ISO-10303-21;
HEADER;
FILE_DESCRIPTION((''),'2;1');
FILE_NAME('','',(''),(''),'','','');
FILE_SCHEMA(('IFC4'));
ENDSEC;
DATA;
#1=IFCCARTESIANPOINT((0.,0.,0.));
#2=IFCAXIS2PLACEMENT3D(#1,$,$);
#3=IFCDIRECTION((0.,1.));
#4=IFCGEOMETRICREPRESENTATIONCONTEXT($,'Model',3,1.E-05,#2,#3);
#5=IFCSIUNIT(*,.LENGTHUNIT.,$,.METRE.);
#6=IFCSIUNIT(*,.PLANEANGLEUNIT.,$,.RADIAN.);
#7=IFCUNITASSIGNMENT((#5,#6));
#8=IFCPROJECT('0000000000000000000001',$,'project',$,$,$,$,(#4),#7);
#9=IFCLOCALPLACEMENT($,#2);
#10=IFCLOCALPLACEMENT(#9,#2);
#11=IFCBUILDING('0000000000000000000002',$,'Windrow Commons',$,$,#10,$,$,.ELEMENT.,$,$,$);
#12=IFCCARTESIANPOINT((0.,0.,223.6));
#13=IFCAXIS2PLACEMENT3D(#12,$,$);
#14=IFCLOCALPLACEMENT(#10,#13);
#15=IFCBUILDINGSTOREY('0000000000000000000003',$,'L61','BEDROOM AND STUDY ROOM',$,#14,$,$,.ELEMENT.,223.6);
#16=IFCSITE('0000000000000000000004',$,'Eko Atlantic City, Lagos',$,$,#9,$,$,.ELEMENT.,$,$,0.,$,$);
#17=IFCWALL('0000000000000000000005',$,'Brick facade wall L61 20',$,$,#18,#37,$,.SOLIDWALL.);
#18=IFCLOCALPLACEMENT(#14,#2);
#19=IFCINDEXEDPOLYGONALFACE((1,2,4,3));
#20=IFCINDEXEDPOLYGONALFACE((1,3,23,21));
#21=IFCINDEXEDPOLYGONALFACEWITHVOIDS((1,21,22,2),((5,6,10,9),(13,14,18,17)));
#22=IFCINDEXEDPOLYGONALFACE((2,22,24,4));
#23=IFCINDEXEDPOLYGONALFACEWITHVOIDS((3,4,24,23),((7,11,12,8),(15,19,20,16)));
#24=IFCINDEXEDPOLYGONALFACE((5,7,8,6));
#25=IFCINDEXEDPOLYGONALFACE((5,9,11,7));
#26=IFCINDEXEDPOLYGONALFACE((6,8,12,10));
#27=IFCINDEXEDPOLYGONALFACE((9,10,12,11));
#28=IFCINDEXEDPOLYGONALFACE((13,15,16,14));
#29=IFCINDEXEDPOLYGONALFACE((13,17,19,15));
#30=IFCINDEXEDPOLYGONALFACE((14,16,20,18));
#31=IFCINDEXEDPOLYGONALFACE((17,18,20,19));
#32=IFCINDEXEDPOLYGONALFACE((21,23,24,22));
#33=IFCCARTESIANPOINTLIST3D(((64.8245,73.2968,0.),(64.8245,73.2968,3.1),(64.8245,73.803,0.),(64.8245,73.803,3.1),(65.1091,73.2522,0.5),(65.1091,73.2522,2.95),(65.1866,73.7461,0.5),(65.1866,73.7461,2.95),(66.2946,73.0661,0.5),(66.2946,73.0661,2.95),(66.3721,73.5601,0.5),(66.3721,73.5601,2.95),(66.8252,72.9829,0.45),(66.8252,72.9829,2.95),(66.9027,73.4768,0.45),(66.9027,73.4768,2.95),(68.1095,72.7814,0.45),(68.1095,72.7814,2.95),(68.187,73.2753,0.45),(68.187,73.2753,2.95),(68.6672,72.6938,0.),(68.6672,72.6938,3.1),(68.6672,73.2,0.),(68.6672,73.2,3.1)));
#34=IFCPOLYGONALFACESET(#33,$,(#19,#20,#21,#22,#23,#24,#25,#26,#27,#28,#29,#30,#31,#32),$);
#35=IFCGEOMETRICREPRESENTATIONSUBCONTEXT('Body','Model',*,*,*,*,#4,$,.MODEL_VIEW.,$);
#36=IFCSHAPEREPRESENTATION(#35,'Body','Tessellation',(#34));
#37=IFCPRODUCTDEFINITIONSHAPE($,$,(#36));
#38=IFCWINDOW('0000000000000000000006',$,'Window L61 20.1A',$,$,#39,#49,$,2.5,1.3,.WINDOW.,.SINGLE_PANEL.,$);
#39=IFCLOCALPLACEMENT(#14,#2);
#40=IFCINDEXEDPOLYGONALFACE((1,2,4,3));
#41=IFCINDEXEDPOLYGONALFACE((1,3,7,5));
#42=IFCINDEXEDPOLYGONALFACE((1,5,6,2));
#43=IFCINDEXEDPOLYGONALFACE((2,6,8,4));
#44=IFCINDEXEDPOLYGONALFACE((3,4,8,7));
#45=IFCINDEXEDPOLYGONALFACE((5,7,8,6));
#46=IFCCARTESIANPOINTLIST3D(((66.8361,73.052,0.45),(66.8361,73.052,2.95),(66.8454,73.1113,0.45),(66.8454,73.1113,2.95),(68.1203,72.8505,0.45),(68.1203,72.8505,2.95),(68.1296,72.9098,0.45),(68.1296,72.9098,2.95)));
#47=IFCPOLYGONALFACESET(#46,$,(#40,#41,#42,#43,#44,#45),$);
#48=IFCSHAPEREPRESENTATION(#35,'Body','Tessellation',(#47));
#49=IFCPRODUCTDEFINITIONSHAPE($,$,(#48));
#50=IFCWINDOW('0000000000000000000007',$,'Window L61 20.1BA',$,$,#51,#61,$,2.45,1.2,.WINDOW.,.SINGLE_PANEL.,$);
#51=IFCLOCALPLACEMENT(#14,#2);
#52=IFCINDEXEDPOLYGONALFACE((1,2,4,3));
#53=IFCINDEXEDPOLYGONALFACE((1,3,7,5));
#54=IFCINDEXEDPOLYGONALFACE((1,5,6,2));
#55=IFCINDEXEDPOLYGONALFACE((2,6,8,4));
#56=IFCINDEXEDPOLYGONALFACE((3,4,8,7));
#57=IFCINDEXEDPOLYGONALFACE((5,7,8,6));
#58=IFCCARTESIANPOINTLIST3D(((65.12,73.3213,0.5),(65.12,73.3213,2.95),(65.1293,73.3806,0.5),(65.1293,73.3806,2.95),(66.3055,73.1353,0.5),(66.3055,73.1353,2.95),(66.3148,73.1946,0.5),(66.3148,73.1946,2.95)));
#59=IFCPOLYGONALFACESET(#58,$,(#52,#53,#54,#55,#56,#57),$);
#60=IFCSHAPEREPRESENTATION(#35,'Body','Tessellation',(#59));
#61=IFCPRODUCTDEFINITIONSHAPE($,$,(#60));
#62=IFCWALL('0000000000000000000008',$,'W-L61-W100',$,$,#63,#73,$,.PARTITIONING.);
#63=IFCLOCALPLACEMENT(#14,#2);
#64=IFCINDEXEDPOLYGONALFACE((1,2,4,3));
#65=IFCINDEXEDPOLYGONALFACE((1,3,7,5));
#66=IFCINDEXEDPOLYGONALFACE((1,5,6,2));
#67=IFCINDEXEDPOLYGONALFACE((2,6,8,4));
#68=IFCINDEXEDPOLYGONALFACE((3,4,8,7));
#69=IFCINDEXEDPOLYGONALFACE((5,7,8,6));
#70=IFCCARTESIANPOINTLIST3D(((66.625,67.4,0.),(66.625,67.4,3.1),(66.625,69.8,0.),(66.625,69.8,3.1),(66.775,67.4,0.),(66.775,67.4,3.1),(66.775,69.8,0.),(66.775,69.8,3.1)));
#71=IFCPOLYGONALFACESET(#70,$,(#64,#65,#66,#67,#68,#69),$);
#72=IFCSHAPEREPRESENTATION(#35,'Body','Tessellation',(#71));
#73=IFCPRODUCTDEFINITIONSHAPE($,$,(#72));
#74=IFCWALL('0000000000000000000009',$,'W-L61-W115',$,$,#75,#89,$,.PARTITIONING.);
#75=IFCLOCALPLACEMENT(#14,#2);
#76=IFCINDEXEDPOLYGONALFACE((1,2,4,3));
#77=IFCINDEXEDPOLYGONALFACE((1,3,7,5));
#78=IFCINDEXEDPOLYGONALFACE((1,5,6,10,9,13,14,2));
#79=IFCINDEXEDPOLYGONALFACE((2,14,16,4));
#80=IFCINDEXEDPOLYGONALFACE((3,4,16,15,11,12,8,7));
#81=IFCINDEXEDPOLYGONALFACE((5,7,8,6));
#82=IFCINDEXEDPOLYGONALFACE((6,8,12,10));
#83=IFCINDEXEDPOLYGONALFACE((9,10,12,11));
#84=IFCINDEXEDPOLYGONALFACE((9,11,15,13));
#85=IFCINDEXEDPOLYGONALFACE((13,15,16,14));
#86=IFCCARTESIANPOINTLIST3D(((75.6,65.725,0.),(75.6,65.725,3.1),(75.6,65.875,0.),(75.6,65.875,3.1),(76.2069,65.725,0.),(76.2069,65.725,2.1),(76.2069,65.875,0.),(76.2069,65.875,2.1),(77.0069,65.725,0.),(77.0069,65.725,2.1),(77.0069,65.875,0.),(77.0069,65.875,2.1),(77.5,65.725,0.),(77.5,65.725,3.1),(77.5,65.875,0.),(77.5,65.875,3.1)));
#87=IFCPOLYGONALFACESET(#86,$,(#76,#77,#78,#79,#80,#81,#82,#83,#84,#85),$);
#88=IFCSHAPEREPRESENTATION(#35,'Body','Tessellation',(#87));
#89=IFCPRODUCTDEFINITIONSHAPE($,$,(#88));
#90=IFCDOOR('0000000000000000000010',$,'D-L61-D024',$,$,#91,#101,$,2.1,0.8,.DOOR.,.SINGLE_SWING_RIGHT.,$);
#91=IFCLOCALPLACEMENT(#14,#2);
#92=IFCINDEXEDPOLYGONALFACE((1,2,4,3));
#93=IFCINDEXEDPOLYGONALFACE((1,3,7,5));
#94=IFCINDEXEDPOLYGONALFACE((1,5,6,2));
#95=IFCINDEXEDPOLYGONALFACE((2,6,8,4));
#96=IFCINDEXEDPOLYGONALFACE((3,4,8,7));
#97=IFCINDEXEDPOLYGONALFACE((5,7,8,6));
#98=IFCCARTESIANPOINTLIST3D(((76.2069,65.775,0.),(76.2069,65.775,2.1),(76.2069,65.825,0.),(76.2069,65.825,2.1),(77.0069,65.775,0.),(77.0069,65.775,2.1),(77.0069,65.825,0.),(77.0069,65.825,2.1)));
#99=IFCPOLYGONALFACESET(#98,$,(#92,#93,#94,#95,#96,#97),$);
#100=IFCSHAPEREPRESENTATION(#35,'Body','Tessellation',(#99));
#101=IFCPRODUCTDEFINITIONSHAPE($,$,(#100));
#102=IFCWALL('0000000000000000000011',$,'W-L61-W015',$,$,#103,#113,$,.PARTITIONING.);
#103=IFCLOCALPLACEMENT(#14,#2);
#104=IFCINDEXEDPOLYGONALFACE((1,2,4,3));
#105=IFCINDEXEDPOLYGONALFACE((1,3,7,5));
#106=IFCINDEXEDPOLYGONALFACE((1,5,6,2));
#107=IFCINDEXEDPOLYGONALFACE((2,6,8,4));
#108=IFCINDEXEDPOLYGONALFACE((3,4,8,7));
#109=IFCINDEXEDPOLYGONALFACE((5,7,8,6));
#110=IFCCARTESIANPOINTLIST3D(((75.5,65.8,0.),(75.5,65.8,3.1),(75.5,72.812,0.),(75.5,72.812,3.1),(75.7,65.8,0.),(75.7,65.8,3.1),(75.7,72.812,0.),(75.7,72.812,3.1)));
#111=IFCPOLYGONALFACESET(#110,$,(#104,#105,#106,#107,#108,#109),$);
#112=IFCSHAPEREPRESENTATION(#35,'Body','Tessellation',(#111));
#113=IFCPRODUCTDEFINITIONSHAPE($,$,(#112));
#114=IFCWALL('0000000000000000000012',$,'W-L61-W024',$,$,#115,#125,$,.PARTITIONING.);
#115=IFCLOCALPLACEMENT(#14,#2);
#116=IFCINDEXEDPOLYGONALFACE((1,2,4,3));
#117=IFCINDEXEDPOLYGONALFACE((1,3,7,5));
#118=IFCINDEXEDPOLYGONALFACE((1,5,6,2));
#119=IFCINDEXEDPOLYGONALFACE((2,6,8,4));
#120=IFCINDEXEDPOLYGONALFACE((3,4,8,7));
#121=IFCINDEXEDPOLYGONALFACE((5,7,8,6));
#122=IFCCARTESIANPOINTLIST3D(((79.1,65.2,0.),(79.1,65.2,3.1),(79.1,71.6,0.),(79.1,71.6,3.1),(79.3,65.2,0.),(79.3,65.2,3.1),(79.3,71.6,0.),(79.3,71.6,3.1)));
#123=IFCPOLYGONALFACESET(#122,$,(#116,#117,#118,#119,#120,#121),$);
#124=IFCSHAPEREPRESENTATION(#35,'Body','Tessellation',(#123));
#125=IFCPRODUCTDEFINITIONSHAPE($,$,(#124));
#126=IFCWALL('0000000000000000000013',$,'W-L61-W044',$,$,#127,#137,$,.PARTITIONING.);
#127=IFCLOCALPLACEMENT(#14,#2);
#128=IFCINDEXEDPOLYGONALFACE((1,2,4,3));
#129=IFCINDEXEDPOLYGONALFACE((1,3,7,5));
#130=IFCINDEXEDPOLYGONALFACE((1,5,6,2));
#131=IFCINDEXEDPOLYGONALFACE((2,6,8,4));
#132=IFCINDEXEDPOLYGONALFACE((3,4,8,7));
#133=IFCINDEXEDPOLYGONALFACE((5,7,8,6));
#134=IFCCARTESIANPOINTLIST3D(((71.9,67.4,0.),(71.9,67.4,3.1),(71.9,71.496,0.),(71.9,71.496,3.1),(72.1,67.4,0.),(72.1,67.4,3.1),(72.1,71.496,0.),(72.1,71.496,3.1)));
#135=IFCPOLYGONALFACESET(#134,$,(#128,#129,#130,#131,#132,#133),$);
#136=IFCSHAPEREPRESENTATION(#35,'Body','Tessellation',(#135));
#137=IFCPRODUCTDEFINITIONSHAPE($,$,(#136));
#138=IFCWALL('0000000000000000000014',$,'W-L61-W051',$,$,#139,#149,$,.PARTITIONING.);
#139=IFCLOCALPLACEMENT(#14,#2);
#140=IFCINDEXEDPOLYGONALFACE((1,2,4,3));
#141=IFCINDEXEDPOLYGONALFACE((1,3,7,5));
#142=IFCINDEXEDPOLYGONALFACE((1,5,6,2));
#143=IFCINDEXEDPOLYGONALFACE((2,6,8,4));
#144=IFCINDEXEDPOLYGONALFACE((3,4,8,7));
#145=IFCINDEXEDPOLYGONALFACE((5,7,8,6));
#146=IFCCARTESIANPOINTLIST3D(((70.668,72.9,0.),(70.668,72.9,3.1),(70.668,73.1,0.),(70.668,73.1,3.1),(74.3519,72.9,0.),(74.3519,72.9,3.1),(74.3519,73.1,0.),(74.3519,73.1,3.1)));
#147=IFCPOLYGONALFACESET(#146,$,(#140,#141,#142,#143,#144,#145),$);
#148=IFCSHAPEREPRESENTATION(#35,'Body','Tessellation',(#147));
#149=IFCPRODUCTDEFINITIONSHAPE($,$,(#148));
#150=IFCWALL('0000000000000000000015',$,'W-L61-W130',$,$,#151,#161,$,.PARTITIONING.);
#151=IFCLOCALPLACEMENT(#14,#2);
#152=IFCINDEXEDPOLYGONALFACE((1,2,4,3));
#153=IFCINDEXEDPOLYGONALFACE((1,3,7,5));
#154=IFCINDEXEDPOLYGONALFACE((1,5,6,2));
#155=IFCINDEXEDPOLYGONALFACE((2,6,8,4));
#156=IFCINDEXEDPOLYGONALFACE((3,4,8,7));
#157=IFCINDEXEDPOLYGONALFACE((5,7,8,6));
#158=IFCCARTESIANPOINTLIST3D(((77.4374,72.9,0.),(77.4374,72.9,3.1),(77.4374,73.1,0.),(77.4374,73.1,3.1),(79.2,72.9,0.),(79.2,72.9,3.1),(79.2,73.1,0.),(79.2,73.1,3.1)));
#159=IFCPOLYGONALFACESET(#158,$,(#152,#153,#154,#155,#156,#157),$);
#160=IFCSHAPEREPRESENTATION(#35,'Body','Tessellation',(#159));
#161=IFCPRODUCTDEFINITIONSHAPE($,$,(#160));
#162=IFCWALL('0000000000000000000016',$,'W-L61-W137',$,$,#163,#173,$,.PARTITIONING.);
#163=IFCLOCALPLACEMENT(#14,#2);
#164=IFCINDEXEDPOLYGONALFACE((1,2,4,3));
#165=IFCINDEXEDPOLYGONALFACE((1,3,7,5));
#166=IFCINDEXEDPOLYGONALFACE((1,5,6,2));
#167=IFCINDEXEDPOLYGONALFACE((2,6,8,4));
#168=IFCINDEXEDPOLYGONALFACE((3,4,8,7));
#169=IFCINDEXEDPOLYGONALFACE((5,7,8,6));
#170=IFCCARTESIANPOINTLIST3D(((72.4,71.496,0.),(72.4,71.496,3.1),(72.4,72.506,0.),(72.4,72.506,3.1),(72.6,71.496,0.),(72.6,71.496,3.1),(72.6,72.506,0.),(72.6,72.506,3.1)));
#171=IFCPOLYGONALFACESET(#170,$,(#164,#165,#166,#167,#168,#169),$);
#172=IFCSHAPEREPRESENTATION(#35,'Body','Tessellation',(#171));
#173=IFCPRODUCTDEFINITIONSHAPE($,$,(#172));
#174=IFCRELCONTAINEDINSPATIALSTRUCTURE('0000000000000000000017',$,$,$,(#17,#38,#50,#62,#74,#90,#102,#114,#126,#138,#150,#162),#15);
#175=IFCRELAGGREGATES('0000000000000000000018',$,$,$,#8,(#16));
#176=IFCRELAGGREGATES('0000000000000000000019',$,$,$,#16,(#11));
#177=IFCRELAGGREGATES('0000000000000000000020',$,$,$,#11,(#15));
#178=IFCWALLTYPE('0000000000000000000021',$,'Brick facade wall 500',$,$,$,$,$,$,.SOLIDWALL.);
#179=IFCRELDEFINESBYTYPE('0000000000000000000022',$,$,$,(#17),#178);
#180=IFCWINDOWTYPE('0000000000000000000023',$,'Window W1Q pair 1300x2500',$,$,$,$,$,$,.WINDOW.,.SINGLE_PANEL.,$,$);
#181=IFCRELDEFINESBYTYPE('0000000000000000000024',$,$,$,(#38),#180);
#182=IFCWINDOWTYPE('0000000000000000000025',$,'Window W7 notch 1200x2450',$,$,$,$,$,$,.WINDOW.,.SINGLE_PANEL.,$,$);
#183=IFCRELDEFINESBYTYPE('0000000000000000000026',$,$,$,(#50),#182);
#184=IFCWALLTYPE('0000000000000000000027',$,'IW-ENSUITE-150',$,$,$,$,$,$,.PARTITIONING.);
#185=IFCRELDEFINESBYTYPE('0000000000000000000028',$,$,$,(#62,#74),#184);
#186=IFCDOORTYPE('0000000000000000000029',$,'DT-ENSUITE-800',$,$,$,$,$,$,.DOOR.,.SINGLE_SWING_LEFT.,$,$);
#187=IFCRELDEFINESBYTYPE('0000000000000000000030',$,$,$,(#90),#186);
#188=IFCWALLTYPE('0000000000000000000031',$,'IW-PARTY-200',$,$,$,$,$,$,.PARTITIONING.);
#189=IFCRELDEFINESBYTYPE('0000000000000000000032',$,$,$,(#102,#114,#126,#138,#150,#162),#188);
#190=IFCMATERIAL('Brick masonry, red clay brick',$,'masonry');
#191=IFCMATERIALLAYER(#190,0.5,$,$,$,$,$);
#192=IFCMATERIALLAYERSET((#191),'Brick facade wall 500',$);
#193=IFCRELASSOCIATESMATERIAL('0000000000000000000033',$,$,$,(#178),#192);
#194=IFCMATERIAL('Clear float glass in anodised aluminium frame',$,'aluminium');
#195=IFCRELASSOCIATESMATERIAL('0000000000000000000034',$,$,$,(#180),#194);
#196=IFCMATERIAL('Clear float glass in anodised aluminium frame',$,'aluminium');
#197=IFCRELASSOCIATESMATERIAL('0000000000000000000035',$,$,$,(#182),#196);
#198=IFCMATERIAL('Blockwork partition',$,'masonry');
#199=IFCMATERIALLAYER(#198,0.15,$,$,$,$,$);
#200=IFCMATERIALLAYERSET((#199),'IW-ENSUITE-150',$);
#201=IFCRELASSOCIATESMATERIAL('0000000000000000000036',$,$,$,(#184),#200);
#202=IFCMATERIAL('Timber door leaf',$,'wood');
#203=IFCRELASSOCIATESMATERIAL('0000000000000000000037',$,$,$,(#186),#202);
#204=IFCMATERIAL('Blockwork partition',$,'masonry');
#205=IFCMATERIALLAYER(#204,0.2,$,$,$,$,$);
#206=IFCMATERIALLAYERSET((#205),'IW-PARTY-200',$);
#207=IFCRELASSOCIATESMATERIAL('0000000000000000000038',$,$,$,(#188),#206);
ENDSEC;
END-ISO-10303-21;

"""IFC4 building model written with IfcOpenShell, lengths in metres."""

from ifc_helpers import new_model, si_unit, direction, frame, frame_2d, origin, place, context, subcontext, project, spatial, polyline, rectangle, outline, extrude, material, layer, layer_set, type_object, element, fill, save


model = new_model("IFC4")

# Units and contexts
model_context = context("Model", 3, precision=1e-05, world=origin(), true_north=direction((0.0, 1.0)))
body_context = subcontext(model_context, "Body", "Model", "MODEL_VIEW")
ifc_project = project(units=[si_unit("LENGTHUNIT", "METRE"), si_unit("PLANEANGLEUNIT", "RADIAN")], contexts=[model_context])

# Site, building, storey
site_placement = place(None, origin())
site = spatial("IfcSite", under=ifc_project, at=site_placement, Name="Eko Atlantic City, Lagos", CompositionType="ELEMENT", RefElevation=0.0)
building_placement = place(site_placement, origin())
building = spatial("IfcBuilding", under=site, at=building_placement, Name="Windrow Commons", CompositionType="ELEMENT")
storey_placement = place(building_placement, frame((0.0, 0.0, 223.6)))
storey = spatial("IfcBuildingStorey", under=building, at=storey_placement, Name="L61", Description="BEDROOM AND STUDY ROOM", CompositionType="ELEMENT", Elevation=223.6)

# Shared definitions
ifc_material_1 = material(Name="Brick masonry, red clay brick", Category="masonry")
ifc_layer_1 = layer(ifc_material_1, 0.5)
ifc_layer_set_1 = layer_set([ifc_layer_1], Name="Brick facade wall 500")
wall_type_1 = type_object("IfcWallType", Name="Brick facade wall 500", PredefinedType="SOLIDWALL", material=ifc_layer_set_1)

# Wall, openings, windows
ifc_material_2 = material(Name="Clear float glass in anodised aluminium frame", Category="aluminium")
window_type_1 = type_object("IfcWindowType", Name="Window W1Q pair 1300x2500", PartitioningType="SINGLE_PANEL", PredefinedType="WINDOW", material=ifc_material_2)
wall_1_placement = place(storey_placement, frame((68.6672, 72.9469, 0.0), z_axis=(0.0, 0.0, 1.0), x_axis=(-0.987911, 0.15502, 0.0)))
wall_1 = element("IfcWall", 1, at=wall_1_placement, inside=storey, type_object=wall_type_1, Name="Brick facade wall L61 20", PredefinedType="SOLIDWALL", context=body_context, shape_type="SweptSolid", body=[
    extrude(outline(polyline([(0.0392, -0.25), (3.929, -0.25), (3.8505, 0.25), (-0.0392, 0.25), (0.0392, -0.25)])), origin(), (0.0, 0.0, 1.0), 3.1),
])
opening_1_placement = place(wall_1_placement, frame((0.5253, 0.0, 0.45)))
opening_1 = element("IfcOpeningElement", 2, at=opening_1_placement, cuts=wall_1, PredefinedType="OPENING", context=body_context, shape_type="SweptSolid", body=[
    extrude(rectangle(XDim=1.3, YDim=2.5, at=frame_2d((0.65, 1.25))), frame((0.0, 0.26, 0.0), z_axis=(0.0, -1.0, 0.0), x_axis=(1.0, 0.0, 0.0)), (0.0, 0.0, 1.0), 0.52),
])
opening_2_placement = place(wall_1_placement, frame((2.3624, 0.0, 0.5)))
opening_2 = element("IfcOpeningElement", 3, at=opening_2_placement, cuts=wall_1, PredefinedType="OPENING", context=body_context, shape_type="SweptSolid", body=[
    extrude(rectangle(XDim=1.2, YDim=2.45, at=frame_2d((0.6, 1.225))), frame((0.0, 0.26, 0.0), z_axis=(0.0, -1.0, 0.0), x_axis=(1.0, 0.0, 0.0)), (0.0, 0.0, 1.0), 0.52),
])
window_1_placement = place(opening_1_placement, origin())
window_1 = element("IfcWindow", 4, at=window_1_placement, inside=storey, type_object=window_type_1, Name="Window L61 20.1A", OverallHeight=2.5, OverallWidth=1.3, PartitioningType="SINGLE_PANEL", PredefinedType="WINDOW", context=body_context, shape_type="SweptSolid", body=[
    extrude(rectangle(XDim=1.3, YDim=2.5, at=frame_2d((0.65, 1.25))), frame((0.0, 0.18, 0.0), z_axis=(0.0, -1.0, 0.0), x_axis=(1.0, 0.0, 0.0)), (0.0, 0.0, 1.0), 0.06),
])
fill(opening_1, window_1)
ifc_material_3 = material(Name="Clear float glass in anodised aluminium frame", Category="aluminium")
window_type_2 = type_object("IfcWindowType", Name="Window W7 notch 1200x2450", PartitioningType="SINGLE_PANEL", PredefinedType="WINDOW", material=ifc_material_3)
window_2_placement = place(opening_2_placement, origin())
window_2 = element("IfcWindow", 5, at=window_2_placement, inside=storey, type_object=window_type_2, Name="Window L61 20.1BA", OverallHeight=2.45, OverallWidth=1.2, PartitioningType="SINGLE_PANEL", PredefinedType="WINDOW", context=body_context, shape_type="SweptSolid", body=[
    extrude(rectangle(XDim=1.2, YDim=2.45, at=frame_2d((0.6, 1.225))), frame((0.0, 0.18, 0.0), z_axis=(0.0, -1.0, 0.0), x_axis=(1.0, 0.0, 0.0)), (0.0, 0.0, 1.0), 0.06),
])
fill(opening_2, window_2)

# Wall
ifc_material_4 = material(Name="Blockwork partition", Category="masonry")
ifc_layer_2 = layer(ifc_material_4, 0.15)
ifc_layer_set_2 = layer_set([ifc_layer_2], Name="IW-ENSUITE-150")
wall_type_2 = type_object("IfcWallType", Name="IW-ENSUITE-150", PredefinedType="PARTITIONING", material=ifc_layer_set_2)
wall_2_placement = place(storey_placement, frame((66.7, 67.4, 0.0), z_axis=(0.0, 0.0, 1.0), x_axis=(0.0, 1.0, 0.0)))
element("IfcWall", 6, at=wall_2_placement, inside=storey, type_object=wall_type_2, Name="W-L61-W100", PredefinedType="PARTITIONING", context=body_context, shape_type="SweptSolid", body=[
    extrude(rectangle(XDim=2.4, YDim=0.15, at=frame_2d((1.2, 0.0))), origin(), (0.0, 0.0, 1.0), 3.1),
])

# Wall, opening, door
wall_3_placement = place(storey_placement, frame((75.6, 65.8, 0.0), z_axis=(0.0, 0.0, 1.0), x_axis=(1.0, 0.0, 0.0)))
wall_3 = element("IfcWall", 7, at=wall_3_placement, inside=storey, type_object=wall_type_2, Name="W-L61-W115", PredefinedType="PARTITIONING", context=body_context, shape_type="SweptSolid", body=[
    extrude(rectangle(XDim=1.9, YDim=0.15, at=frame_2d((0.95, 0.0))), origin(), (0.0, 0.0, 1.0), 3.1),
])
opening_3_placement = place(wall_3_placement, frame((0.6069, 0.0, 0.0)))
opening_3 = element("IfcOpeningElement", 8, at=opening_3_placement, cuts=wall_3, PredefinedType="OPENING", context=body_context, shape_type="SweptSolid", body=[
    extrude(rectangle(XDim=0.8, YDim=2.1, at=frame_2d((0.4, 1.05))), frame((0.0, 0.085, 0.0), z_axis=(0.0, -1.0, 0.0), x_axis=(1.0, 0.0, 0.0)), (0.0, 0.0, 1.0), 0.17),
])
ifc_material_5 = material(Name="Timber door leaf", Category="wood")
door_type = type_object("IfcDoorType", Name="DT-ENSUITE-800", OperationType="SINGLE_SWING_LEFT", PredefinedType="DOOR", material=ifc_material_5)
door_placement = place(opening_3_placement, origin())
door = element("IfcDoor", 9, at=door_placement, inside=storey, type_object=door_type, Name="D-L61-D024", OperationType="SINGLE_SWING_RIGHT", OverallHeight=2.1, OverallWidth=0.8, PredefinedType="DOOR", context=body_context, shape_type="SweptSolid", body=[
    extrude(rectangle(XDim=0.8, YDim=2.1, at=frame_2d((0.4, 1.05))), frame((0.0, 0.025, 0.0), z_axis=(0.0, -1.0, 0.0), x_axis=(1.0, 0.0, 0.0)), (0.0, 0.0, 1.0), 0.05),
])
fill(opening_3, door)

# Walls
ifc_material_6 = material(Name="Blockwork partition", Category="masonry")
ifc_layer_3 = layer(ifc_material_6, 0.2)
ifc_layer_set_3 = layer_set([ifc_layer_3], Name="IW-PARTY-200")
wall_type_3 = type_object("IfcWallType", Name="IW-PARTY-200", PredefinedType="PARTITIONING", material=ifc_layer_set_3)
wall_4_placement = place(storey_placement, frame((75.6, 65.8, 0.0), z_axis=(0.0, 0.0, 1.0), x_axis=(0.0, 1.0, 0.0)))
element("IfcWall", 10, at=wall_4_placement, inside=storey, type_object=wall_type_3, Name="W-L61-W015", PredefinedType="PARTITIONING", context=body_context, shape_type="SweptSolid", body=[
    extrude(rectangle(XDim=7.012, YDim=0.2, at=frame_2d((3.506, 0.0))), origin(), (0.0, 0.0, 1.0), 3.1),
])
wall_5_placement = place(storey_placement, frame((79.2, 65.2, 0.0), z_axis=(0.0, 0.0, 1.0), x_axis=(0.0, 1.0, 0.0)))
element("IfcWall", 11, at=wall_5_placement, inside=storey, type_object=wall_type_3, Name="W-L61-W024", PredefinedType="PARTITIONING", context=body_context, shape_type="SweptSolid", body=[
    extrude(rectangle(XDim=6.4, YDim=0.2, at=frame_2d((3.2, 0.0))), origin(), (0.0, 0.0, 1.0), 3.1),
])
wall_6_placement = place(storey_placement, frame((72.0, 67.4, 0.0), z_axis=(0.0, 0.0, 1.0), x_axis=(0.0, 1.0, 0.0)))
element("IfcWall", 12, at=wall_6_placement, inside=storey, type_object=wall_type_3, Name="W-L61-W044", PredefinedType="PARTITIONING", context=body_context, shape_type="SweptSolid", body=[
    extrude(rectangle(XDim=4.096, YDim=0.2, at=frame_2d((2.048, 0.0))), origin(), (0.0, 0.0, 1.0), 3.1),
])
wall_7_placement = place(storey_placement, frame((70.668, 73.0, 0.0), z_axis=(0.0, 0.0, 1.0), x_axis=(1.0, 0.0, 0.0)))
element("IfcWall", 13, at=wall_7_placement, inside=storey, type_object=wall_type_3, Name="W-L61-W051", PredefinedType="PARTITIONING", context=body_context, shape_type="SweptSolid", body=[
    extrude(rectangle(XDim=3.6839, YDim=0.2, at=frame_2d((1.8419, 0.0))), origin(), (0.0, 0.0, 1.0), 3.1),
])
wall_8_placement = place(storey_placement, frame((77.4374, 73.0, 0.0), z_axis=(0.0, 0.0, 1.0), x_axis=(1.0, 0.0, 0.0)))
element("IfcWall", 14, at=wall_8_placement, inside=storey, type_object=wall_type_3, Name="W-L61-W130", PredefinedType="PARTITIONING", context=body_context, shape_type="SweptSolid", body=[
    extrude(rectangle(XDim=1.7626, YDim=0.2, at=frame_2d((0.8813, 0.0))), origin(), (0.0, 0.0, 1.0), 3.1),
])
wall_9_placement = place(storey_placement, frame((72.5, 71.496, 0.0), z_axis=(0.0, 0.0, 1.0), x_axis=(0.0, 1.0, 0.0)))
element("IfcWall", 15, at=wall_9_placement, inside=storey, type_object=wall_type_3, Name="W-L61-W137", PredefinedType="PARTITIONING", context=body_context, shape_type="SweptSolid", body=[
    extrude(rectangle(XDim=1.01, YDim=0.2, at=frame_2d((0.505, 0.0))), origin(), (0.0, 0.0, 1.0), 3.1),
])

save(model, "model.ifc")
